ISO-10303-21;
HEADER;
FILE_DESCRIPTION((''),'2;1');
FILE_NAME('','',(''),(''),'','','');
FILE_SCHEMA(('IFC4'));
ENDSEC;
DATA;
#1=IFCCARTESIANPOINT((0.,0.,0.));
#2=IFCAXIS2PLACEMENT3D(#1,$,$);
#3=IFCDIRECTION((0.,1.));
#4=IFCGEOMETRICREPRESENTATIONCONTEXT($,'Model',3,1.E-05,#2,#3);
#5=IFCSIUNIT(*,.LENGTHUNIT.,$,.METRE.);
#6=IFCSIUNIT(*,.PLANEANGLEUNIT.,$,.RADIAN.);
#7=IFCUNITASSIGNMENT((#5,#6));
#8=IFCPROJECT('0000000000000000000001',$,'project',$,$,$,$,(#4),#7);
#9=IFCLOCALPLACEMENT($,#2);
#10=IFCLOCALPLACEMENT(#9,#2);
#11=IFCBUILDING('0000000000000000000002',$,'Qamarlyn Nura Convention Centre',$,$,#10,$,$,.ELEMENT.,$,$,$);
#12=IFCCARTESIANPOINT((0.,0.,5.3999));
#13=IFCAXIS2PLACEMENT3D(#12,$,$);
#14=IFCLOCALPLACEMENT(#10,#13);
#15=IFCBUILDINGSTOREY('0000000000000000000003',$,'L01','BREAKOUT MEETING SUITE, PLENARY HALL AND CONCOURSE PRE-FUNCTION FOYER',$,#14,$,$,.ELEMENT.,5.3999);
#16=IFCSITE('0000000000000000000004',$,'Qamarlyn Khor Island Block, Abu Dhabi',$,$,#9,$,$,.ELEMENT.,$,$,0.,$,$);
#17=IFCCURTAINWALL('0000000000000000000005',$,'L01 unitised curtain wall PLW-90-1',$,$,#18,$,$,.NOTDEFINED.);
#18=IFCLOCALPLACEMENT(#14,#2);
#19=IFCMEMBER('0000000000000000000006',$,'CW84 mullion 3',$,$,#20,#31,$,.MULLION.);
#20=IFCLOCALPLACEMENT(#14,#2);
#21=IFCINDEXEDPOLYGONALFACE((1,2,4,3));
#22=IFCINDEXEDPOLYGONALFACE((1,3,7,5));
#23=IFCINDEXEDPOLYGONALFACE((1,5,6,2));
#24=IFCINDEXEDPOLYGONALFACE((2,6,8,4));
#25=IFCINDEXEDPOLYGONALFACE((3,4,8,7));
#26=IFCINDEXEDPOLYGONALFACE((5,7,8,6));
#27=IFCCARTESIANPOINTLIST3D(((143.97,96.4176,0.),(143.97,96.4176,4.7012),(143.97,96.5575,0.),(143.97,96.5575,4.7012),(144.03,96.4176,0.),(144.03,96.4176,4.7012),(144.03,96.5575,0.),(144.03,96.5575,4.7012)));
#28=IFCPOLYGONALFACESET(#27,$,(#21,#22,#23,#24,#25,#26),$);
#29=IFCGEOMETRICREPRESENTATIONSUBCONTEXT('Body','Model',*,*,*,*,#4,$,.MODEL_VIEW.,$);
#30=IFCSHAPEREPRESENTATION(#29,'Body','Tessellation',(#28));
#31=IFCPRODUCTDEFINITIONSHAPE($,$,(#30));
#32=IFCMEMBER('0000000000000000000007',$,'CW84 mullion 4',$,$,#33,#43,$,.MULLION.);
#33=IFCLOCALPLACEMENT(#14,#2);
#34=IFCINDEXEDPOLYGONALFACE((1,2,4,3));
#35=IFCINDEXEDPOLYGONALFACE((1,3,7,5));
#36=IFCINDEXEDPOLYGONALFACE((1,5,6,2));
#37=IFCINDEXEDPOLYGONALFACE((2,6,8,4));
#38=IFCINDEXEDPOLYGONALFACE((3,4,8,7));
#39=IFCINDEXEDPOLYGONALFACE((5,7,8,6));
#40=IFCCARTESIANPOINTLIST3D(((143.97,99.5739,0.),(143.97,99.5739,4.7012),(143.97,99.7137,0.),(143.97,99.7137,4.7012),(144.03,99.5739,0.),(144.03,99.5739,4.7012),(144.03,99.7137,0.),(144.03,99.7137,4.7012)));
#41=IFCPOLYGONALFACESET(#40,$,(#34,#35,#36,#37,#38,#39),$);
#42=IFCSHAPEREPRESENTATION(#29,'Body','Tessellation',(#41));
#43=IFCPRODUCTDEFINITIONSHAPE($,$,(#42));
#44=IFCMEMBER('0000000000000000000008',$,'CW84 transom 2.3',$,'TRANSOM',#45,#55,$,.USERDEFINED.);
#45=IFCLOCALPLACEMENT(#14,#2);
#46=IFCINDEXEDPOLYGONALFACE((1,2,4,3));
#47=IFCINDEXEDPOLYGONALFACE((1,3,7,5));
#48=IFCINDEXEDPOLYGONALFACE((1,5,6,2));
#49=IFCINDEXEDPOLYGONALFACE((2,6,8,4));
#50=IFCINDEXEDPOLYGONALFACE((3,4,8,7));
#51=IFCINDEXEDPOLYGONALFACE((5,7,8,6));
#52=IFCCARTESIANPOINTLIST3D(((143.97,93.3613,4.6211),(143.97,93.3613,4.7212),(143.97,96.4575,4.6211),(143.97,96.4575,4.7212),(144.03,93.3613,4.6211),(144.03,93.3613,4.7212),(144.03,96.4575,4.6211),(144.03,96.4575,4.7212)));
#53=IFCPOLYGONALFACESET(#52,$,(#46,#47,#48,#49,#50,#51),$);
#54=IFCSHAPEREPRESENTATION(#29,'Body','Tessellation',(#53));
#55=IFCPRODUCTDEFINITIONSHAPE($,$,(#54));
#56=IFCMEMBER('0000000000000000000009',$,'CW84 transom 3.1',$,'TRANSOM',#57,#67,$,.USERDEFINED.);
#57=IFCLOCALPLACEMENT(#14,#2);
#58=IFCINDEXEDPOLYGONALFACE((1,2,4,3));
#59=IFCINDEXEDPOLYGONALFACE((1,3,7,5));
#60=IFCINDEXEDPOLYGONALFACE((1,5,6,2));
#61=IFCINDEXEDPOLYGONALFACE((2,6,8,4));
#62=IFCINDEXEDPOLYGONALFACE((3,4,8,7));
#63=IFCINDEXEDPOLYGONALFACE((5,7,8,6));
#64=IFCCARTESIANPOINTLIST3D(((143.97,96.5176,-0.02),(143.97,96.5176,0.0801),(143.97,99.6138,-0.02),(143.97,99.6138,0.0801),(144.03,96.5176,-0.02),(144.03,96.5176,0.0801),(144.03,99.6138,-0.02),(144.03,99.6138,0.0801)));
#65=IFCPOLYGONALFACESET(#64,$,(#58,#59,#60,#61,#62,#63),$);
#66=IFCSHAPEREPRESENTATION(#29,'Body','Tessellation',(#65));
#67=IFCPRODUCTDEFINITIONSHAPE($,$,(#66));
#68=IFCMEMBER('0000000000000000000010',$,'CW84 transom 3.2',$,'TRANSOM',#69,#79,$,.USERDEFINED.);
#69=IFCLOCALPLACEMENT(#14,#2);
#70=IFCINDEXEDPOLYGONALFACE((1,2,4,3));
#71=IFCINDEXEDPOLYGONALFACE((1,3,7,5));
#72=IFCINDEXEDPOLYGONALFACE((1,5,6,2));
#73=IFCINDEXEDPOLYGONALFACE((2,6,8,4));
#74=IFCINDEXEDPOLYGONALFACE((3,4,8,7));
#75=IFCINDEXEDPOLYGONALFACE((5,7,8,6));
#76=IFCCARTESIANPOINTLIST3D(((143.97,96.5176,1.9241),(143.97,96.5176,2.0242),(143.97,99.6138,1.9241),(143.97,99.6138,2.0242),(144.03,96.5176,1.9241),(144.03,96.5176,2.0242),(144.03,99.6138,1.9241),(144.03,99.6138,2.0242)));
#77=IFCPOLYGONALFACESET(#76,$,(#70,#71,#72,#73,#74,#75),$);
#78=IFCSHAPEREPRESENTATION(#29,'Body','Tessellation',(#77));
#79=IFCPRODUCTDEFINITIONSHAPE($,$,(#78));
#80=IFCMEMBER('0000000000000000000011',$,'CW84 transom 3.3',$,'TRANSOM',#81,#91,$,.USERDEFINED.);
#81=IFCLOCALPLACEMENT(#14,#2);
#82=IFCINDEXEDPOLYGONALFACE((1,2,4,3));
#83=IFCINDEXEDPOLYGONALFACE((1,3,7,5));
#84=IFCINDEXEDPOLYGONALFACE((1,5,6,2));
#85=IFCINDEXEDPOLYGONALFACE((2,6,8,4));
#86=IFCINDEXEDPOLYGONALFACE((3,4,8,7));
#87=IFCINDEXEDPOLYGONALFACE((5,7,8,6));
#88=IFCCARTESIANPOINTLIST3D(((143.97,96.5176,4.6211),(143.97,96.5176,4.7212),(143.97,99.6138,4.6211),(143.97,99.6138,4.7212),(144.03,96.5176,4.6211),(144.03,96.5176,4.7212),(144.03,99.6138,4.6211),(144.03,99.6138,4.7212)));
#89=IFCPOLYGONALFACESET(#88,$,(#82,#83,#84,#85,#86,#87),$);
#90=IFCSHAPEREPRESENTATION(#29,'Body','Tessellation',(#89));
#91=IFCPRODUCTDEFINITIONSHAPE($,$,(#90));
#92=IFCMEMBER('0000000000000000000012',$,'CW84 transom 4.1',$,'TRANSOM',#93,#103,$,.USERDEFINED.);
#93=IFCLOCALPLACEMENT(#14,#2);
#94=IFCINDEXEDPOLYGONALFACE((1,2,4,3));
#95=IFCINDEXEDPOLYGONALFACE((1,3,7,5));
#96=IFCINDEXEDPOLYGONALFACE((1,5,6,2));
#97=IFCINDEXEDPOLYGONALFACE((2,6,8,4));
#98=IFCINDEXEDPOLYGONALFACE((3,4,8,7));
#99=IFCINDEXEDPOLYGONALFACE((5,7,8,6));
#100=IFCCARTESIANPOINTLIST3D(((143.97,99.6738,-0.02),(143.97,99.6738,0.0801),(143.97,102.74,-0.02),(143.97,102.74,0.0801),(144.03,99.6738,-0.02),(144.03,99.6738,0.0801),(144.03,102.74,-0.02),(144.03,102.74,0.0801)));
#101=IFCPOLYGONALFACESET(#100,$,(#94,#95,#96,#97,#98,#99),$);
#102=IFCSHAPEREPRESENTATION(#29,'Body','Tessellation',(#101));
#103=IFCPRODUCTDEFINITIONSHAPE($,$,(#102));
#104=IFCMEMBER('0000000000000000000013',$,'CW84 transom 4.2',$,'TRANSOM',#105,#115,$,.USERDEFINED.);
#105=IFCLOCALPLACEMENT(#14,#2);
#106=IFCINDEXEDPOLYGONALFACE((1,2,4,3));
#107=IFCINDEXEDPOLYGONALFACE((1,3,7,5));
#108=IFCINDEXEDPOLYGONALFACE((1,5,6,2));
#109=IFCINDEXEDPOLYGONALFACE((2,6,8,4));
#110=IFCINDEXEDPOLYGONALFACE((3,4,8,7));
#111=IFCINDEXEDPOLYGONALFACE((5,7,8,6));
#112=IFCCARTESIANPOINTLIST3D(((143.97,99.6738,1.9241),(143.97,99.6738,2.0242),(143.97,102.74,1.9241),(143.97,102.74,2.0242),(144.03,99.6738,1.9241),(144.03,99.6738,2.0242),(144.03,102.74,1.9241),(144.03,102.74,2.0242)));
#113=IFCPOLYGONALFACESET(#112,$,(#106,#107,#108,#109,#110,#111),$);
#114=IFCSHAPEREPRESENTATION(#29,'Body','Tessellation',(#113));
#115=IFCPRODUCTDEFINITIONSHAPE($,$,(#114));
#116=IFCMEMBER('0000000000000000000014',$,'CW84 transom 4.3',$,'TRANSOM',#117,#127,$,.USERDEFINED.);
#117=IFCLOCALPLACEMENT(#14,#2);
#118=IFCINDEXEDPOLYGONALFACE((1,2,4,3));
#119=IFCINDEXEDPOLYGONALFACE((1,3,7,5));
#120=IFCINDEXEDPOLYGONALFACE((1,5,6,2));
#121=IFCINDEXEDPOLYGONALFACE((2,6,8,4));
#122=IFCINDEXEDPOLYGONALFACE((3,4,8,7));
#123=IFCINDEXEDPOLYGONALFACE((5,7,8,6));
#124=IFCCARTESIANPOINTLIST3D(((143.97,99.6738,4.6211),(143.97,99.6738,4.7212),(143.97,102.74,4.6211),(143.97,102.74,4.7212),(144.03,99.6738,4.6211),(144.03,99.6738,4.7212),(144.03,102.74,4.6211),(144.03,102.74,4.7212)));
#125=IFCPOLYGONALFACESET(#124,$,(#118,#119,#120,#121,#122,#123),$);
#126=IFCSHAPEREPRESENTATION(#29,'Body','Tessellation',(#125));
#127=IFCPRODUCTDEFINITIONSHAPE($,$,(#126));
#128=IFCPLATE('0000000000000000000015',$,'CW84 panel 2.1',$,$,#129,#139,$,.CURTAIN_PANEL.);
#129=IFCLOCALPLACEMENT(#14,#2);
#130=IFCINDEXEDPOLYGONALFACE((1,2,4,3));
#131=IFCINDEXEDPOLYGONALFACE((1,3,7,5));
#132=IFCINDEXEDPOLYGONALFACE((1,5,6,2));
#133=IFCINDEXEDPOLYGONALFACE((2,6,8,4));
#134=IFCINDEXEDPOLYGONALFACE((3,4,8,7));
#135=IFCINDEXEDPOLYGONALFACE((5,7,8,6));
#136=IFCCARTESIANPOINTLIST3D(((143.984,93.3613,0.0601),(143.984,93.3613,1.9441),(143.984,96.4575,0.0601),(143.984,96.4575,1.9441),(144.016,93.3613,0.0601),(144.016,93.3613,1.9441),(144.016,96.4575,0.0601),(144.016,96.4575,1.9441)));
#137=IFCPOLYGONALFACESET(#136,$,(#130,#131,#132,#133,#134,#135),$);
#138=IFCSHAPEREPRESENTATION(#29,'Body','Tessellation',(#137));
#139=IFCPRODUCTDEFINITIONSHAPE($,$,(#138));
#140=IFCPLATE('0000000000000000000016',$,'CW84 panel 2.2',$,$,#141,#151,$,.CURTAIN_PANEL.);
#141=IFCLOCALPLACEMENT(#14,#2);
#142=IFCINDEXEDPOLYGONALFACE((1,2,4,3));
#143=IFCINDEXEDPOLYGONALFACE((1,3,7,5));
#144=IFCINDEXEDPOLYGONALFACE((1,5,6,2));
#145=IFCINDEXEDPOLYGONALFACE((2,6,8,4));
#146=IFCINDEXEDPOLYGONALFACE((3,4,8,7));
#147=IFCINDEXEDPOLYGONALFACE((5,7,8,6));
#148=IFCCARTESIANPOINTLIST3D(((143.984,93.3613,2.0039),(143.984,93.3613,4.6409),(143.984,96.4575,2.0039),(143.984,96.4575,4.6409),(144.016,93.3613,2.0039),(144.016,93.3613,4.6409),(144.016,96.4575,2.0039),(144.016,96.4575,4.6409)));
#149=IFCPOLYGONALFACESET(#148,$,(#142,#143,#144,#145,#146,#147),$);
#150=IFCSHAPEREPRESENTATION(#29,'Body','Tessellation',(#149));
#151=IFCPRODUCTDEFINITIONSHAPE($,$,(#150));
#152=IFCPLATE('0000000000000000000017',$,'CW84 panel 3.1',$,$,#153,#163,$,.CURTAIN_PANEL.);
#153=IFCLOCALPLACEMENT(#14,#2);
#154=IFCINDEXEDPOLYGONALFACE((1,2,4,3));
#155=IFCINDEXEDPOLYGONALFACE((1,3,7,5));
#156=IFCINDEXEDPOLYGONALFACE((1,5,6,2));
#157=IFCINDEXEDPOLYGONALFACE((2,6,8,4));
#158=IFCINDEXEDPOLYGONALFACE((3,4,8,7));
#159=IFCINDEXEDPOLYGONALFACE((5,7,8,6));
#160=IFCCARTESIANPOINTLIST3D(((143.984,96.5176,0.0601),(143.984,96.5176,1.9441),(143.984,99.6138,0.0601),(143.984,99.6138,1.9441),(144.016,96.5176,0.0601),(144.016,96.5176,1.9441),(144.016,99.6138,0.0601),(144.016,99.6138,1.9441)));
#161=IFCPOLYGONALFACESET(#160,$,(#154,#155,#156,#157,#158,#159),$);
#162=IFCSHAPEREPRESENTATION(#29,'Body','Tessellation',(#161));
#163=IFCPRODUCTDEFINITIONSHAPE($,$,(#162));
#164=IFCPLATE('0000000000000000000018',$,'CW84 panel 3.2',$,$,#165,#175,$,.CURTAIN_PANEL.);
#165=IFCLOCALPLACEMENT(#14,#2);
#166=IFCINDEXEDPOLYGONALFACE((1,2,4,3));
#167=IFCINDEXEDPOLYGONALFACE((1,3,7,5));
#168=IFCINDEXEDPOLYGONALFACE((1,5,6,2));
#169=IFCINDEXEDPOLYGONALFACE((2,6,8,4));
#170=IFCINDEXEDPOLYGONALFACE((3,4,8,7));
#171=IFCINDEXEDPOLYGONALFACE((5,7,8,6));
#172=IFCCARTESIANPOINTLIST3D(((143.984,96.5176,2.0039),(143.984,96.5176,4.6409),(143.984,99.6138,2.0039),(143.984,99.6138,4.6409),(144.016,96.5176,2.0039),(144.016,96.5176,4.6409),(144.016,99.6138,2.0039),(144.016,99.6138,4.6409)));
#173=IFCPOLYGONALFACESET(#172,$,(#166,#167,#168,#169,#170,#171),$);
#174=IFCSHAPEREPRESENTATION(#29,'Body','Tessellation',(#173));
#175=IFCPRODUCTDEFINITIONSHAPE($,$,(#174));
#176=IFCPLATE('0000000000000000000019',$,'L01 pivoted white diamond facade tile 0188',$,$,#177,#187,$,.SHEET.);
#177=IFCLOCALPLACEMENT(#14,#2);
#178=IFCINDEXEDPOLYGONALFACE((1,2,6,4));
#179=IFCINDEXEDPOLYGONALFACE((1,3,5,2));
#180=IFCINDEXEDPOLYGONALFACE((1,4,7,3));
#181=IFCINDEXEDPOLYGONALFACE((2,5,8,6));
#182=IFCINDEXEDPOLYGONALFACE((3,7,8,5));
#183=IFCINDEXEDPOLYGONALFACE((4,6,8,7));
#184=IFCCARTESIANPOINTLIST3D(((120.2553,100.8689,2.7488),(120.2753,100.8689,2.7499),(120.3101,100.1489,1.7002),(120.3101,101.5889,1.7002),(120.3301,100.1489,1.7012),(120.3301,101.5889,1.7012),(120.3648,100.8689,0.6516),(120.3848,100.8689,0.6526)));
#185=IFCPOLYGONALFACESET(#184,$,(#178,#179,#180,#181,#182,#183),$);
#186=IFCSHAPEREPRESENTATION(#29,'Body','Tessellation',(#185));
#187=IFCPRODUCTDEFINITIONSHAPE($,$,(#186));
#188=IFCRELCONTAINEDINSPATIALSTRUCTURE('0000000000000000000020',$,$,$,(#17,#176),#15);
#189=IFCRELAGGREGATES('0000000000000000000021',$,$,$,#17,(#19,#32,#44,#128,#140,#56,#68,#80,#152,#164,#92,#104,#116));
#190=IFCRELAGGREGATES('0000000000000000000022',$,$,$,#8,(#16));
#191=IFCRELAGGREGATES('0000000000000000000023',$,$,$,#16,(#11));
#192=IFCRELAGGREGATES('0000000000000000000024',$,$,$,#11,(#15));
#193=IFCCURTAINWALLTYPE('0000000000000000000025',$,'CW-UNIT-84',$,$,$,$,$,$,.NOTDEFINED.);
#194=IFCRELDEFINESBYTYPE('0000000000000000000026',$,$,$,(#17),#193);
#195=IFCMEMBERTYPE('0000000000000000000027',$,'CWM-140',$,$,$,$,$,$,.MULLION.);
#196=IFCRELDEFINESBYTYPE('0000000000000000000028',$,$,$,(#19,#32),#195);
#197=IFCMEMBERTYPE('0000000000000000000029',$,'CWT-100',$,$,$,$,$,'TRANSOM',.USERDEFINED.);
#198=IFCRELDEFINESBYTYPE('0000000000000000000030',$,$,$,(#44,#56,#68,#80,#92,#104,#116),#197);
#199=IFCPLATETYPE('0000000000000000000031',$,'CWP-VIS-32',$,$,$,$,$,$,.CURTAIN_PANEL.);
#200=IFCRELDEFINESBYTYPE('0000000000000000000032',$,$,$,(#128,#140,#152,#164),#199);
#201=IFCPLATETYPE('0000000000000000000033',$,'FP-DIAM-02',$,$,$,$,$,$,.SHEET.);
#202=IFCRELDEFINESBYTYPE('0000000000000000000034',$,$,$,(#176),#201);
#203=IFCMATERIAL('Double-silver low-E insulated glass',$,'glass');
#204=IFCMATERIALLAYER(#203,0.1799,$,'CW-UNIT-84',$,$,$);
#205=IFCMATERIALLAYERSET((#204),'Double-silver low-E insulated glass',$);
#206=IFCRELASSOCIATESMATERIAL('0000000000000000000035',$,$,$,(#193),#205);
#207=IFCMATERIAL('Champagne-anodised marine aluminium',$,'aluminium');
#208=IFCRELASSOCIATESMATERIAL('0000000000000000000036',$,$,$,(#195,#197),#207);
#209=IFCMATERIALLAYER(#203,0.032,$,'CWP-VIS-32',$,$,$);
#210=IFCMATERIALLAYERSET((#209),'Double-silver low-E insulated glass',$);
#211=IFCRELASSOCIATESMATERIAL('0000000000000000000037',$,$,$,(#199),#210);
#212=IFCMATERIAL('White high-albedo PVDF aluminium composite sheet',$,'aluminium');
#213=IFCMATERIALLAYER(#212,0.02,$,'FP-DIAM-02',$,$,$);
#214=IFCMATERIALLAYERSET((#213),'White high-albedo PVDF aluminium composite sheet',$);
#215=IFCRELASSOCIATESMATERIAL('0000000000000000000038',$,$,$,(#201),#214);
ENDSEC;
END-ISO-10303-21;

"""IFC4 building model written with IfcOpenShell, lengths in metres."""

from ifc_helpers import new_model, si_unit, direction, frame, origin, origin_2d, place, context, subcontext, project, spatial, polyline, rectangle, outline, extrude, material, layer, layer_set, material_profile, profile_set, type_object, element, aggregate, save


model = new_model("IFC4")

# Units and contexts
model_context = context("Model", 3, precision=1e-05, world=origin(), true_north=direction((0.0, 1.0)))
body_context = subcontext(model_context, "Body", "Model", "MODEL_VIEW")
ifc_project = project(units=[si_unit("LENGTHUNIT", "METRE"), si_unit("PLANEANGLEUNIT", "RADIAN")], contexts=[model_context])

# Site, building, storey
site_placement = place(None, origin())
site = spatial("IfcSite", under=ifc_project, at=site_placement, Name="Qamarlyn Khor Island Block, Abu Dhabi", CompositionType="ELEMENT", RefElevation=0.0)
building_placement = place(site_placement, origin())
building = spatial("IfcBuilding", under=site, at=building_placement, Name="Qamarlyn Nura Convention Centre", CompositionType="ELEMENT")
storey_placement = place(building_placement, frame((0.0, 0.0, 5.3999)))
storey = spatial("IfcBuildingStorey", under=building, at=storey_placement, Name="L01", Description="BREAKOUT MEETING SUITE, PLENARY HALL AND CONCOURSE PRE-FUNCTION FOYER", CompositionType="ELEMENT", Elevation=5.3999)

# Curtain wall, members, plates
ifc_material_1 = material(Name="Double-silver low-E insulated glass", Category="glass")
ifc_layer_1 = layer(ifc_material_1, 0.1799, Name="CW-UNIT-84")
ifc_layer_set_1 = layer_set([ifc_layer_1], Name="Double-silver low-E insulated glass")
curtain_wall_type = type_object("IfcCurtainWallType", Name="CW-UNIT-84", PredefinedType="NOTDEFINED", material=ifc_layer_set_1)
curtain_wall_placement = place(storey_placement, origin())
curtain_wall = element("IfcCurtainWall", 1, at=curtain_wall_placement, inside=storey, type_object=curtain_wall_type, Name="L01 unitised curtain wall PLW-90-1", PredefinedType="NOTDEFINED")
ifc_material_2 = material(Name="Champagne-anodised marine aluminium", Category="aluminium")
ifc_material_profile_1 = material_profile(ifc_material_2, rectangle(XDim=0.0601, YDim=0.1399, at=origin_2d()), Name="ALU MULLION 60x140")
ifc_profile_set_1 = profile_set([ifc_material_profile_1], Name="Champagne-anodised marine aluminium")
member_type_1 = type_object("IfcMemberType", Name="CWM-140", PredefinedType="MULLION", material=ifc_profile_set_1)
member_1_placement = place(storey_placement, frame((144.0, 96.4875, 0.0), z_axis=(0.0, 0.0, 1.0), x_axis=(-1.0, 0.0, 0.0)))
member_1 = element("IfcMember", 2, at=member_1_placement, type_object=member_type_1, Name="CW84 mullion 3", PredefinedType="MULLION", context=body_context, shape_type="SweptSolid", body=[
    extrude(rectangle(XDim=0.0601, YDim=0.1399, at=origin_2d()), origin(), (0.0, 0.0, 1.0), 4.7012),
])
member_2_placement = place(storey_placement, frame((144.0, 99.6438, 0.0), z_axis=(0.0, 0.0, 1.0), x_axis=(-1.0, 0.0, 0.0)))
member_2 = element("IfcMember", 3, at=member_2_placement, type_object=member_type_1, Name="CW84 mullion 4", PredefinedType="MULLION", context=body_context, shape_type="SweptSolid", body=[
    extrude(rectangle(XDim=0.0601, YDim=0.1399, at=origin_2d()), origin(), (0.0, 0.0, 1.0), 4.7012),
])
ifc_material_profile_2 = material_profile(ifc_material_2, rectangle(XDim=0.0601, YDim=0.1001, at=origin_2d()), Name="ALU TRANSOM 60x100")
ifc_profile_set_2 = profile_set([ifc_material_profile_2], Name="Champagne-anodised marine aluminium")
member_type_2 = type_object("IfcMemberType", Name="CWT-100", ElementType="TRANSOM", PredefinedType="USERDEFINED", material=ifc_profile_set_2)
member_3_placement = place(storey_placement, frame((144.0, 93.3613, 4.6711), z_axis=(0.0, 1.0, 0.0), x_axis=(-1.0, 0.0, 0.0)))
member_3 = element("IfcMember", 4, at=member_3_placement, type_object=member_type_2, Name="CW84 transom 2.3", ObjectType="TRANSOM", PredefinedType="USERDEFINED", context=body_context, shape_type="SweptSolid", body=[
    extrude(rectangle(XDim=0.0601, YDim=0.1001, at=origin_2d()), origin(), (0.0, 0.0, 1.0), 3.0962),
])
member_4_placement = place(storey_placement, frame((144.0, 96.5176, 0.03), z_axis=(0.0, 1.0, 0.0), x_axis=(-1.0, 0.0, 0.0)))
member_4 = element("IfcMember", 5, at=member_4_placement, type_object=member_type_2, Name="CW84 transom 3.1", ObjectType="TRANSOM", PredefinedType="USERDEFINED", context=body_context, shape_type="SweptSolid", body=[
    extrude(rectangle(XDim=0.0601, YDim=0.1001, at=origin_2d()), origin(), (0.0, 0.0, 1.0), 3.0962),
])
member_5_placement = place(storey_placement, frame((144.0, 96.5176, 1.9741), z_axis=(0.0, 1.0, 0.0), x_axis=(-1.0, 0.0, 0.0)))
member_5 = element("IfcMember", 6, at=member_5_placement, type_object=member_type_2, Name="CW84 transom 3.2", ObjectType="TRANSOM", PredefinedType="USERDEFINED", context=body_context, shape_type="SweptSolid", body=[
    extrude(rectangle(XDim=0.0601, YDim=0.1001, at=origin_2d()), origin(), (0.0, 0.0, 1.0), 3.0962),
])
member_6_placement = place(storey_placement, frame((144.0, 96.5176, 4.6711), z_axis=(0.0, 1.0, 0.0), x_axis=(-1.0, 0.0, 0.0)))
member_6 = element("IfcMember", 7, at=member_6_placement, type_object=member_type_2, Name="CW84 transom 3.3", ObjectType="TRANSOM", PredefinedType="USERDEFINED", context=body_context, shape_type="SweptSolid", body=[
    extrude(rectangle(XDim=0.0601, YDim=0.1001, at=origin_2d()), origin(), (0.0, 0.0, 1.0), 3.0962),
])
member_7_placement = place(storey_placement, frame((144.0, 99.6738, 0.03), z_axis=(0.0, 1.0, 0.0), x_axis=(-1.0, 0.0, 0.0)))
member_7 = element("IfcMember", 8, at=member_7_placement, type_object=member_type_2, Name="CW84 transom 4.1", ObjectType="TRANSOM", PredefinedType="USERDEFINED", context=body_context, shape_type="SweptSolid", body=[
    extrude(rectangle(XDim=0.0601, YDim=0.1001, at=origin_2d()), origin(), (0.0, 0.0, 1.0), 3.0662),
])
member_8_placement = place(storey_placement, frame((144.0, 99.6738, 1.9741), z_axis=(0.0, 1.0, 0.0), x_axis=(-1.0, 0.0, 0.0)))
member_8 = element("IfcMember", 9, at=member_8_placement, type_object=member_type_2, Name="CW84 transom 4.2", ObjectType="TRANSOM", PredefinedType="USERDEFINED", context=body_context, shape_type="SweptSolid", body=[
    extrude(rectangle(XDim=0.0601, YDim=0.1001, at=origin_2d()), origin(), (0.0, 0.0, 1.0), 3.0662),
])
member_9_placement = place(storey_placement, frame((144.0, 99.6738, 4.6711), z_axis=(0.0, 1.0, 0.0), x_axis=(-1.0, 0.0, 0.0)))
member_9 = element("IfcMember", 10, at=member_9_placement, type_object=member_type_2, Name="CW84 transom 4.3", ObjectType="TRANSOM", PredefinedType="USERDEFINED", context=body_context, shape_type="SweptSolid", body=[
    extrude(rectangle(XDim=0.0601, YDim=0.1001, at=origin_2d()), origin(), (0.0, 0.0, 1.0), 3.0662),
])
ifc_layer_2 = layer(ifc_material_1, 0.032, Name="CWP-VIS-32")
ifc_layer_set_2 = layer_set([ifc_layer_2], Name="Double-silver low-E insulated glass")
plate_type_1 = type_object("IfcPlateType", Name="CWP-VIS-32", PredefinedType="CURTAIN_PANEL", material=ifc_layer_set_2)
plate_1_placement = place(storey_placement, frame((144.0, 94.9094, 0.0601), z_axis=(0.0, 0.0, 1.0), x_axis=(0.0, 1.0, 0.0)))
plate_1 = element("IfcPlate", 11, at=plate_1_placement, type_object=plate_type_1, Name="CW84 panel 2.1", PredefinedType="CURTAIN_PANEL", context=body_context, shape_type="SweptSolid", body=[
    extrude(rectangle(XDim=3.0962, YDim=0.032, at=origin_2d()), origin(), (0.0, 0.0, 1.0), 1.884),
])
plate_2_placement = place(storey_placement, frame((144.0, 94.9094, 2.0039), z_axis=(0.0, 0.0, 1.0), x_axis=(0.0, 1.0, 0.0)))
plate_2 = element("IfcPlate", 12, at=plate_2_placement, type_object=plate_type_1, Name="CW84 panel 2.2", PredefinedType="CURTAIN_PANEL", context=body_context, shape_type="SweptSolid", body=[
    extrude(rectangle(XDim=3.0962, YDim=0.032, at=origin_2d()), origin(), (0.0, 0.0, 1.0), 2.637),
])
plate_3_placement = place(storey_placement, frame((144.0, 98.0657, 0.0601), z_axis=(0.0, 0.0, 1.0), x_axis=(0.0, 1.0, 0.0)))
plate_3 = element("IfcPlate", 13, at=plate_3_placement, type_object=plate_type_1, Name="CW84 panel 3.1", PredefinedType="CURTAIN_PANEL", context=body_context, shape_type="SweptSolid", body=[
    extrude(rectangle(XDim=3.0962, YDim=0.032, at=origin_2d()), origin(), (0.0, 0.0, 1.0), 1.884),
])
plate_4_placement = place(storey_placement, frame((144.0, 98.0657, 2.0039), z_axis=(0.0, 0.0, 1.0), x_axis=(0.0, 1.0, 0.0)))
plate_4 = element("IfcPlate", 14, at=plate_4_placement, type_object=plate_type_1, Name="CW84 panel 3.2", PredefinedType="CURTAIN_PANEL", context=body_context, shape_type="SweptSolid", body=[
    extrude(rectangle(XDim=3.0962, YDim=0.032, at=origin_2d()), origin(), (0.0, 0.0, 1.0), 2.637),
])
aggregate(curtain_wall, [member_1, member_2, member_3, plate_1, plate_2, member_4, member_5, member_6, plate_3, plate_4, member_7, member_8, member_9])

# Plate
ifc_material_3 = material(Name="White high-albedo PVDF aluminium composite sheet", Category="aluminium")
ifc_layer_3 = layer(ifc_material_3, 0.02, Name="FP-DIAM-02")
ifc_layer_set_3 = layer_set([ifc_layer_3], Name="White high-albedo PVDF aluminium composite sheet")
plate_type_2 = type_object("IfcPlateType", Name="FP-DIAM-02", PredefinedType="SHEET", material=ifc_layer_set_3)
plate_5_placement = place(storey_placement, frame((120.3101, 100.8689, 1.7002), z_axis=(0.998639, 0.0, 0.052162), x_axis=(0.0, 1.0, 0.0)))
element("IfcPlate", 15, at=plate_5_placement, inside=storey, type_object=plate_type_2, Name="L01 pivoted white diamond facade tile 0188", PredefinedType="SHEET", context=body_context, shape_type="SweptSolid", body=[
    extrude(outline(polyline([(-0.72, 0.0), (0.0, -1.05), (0.72, 0.0), (0.0, 1.05), (-0.72, 0.0)])), origin(), (0.0, 0.0, 1.0), 0.02),
])

save(model, "model.ifc")
